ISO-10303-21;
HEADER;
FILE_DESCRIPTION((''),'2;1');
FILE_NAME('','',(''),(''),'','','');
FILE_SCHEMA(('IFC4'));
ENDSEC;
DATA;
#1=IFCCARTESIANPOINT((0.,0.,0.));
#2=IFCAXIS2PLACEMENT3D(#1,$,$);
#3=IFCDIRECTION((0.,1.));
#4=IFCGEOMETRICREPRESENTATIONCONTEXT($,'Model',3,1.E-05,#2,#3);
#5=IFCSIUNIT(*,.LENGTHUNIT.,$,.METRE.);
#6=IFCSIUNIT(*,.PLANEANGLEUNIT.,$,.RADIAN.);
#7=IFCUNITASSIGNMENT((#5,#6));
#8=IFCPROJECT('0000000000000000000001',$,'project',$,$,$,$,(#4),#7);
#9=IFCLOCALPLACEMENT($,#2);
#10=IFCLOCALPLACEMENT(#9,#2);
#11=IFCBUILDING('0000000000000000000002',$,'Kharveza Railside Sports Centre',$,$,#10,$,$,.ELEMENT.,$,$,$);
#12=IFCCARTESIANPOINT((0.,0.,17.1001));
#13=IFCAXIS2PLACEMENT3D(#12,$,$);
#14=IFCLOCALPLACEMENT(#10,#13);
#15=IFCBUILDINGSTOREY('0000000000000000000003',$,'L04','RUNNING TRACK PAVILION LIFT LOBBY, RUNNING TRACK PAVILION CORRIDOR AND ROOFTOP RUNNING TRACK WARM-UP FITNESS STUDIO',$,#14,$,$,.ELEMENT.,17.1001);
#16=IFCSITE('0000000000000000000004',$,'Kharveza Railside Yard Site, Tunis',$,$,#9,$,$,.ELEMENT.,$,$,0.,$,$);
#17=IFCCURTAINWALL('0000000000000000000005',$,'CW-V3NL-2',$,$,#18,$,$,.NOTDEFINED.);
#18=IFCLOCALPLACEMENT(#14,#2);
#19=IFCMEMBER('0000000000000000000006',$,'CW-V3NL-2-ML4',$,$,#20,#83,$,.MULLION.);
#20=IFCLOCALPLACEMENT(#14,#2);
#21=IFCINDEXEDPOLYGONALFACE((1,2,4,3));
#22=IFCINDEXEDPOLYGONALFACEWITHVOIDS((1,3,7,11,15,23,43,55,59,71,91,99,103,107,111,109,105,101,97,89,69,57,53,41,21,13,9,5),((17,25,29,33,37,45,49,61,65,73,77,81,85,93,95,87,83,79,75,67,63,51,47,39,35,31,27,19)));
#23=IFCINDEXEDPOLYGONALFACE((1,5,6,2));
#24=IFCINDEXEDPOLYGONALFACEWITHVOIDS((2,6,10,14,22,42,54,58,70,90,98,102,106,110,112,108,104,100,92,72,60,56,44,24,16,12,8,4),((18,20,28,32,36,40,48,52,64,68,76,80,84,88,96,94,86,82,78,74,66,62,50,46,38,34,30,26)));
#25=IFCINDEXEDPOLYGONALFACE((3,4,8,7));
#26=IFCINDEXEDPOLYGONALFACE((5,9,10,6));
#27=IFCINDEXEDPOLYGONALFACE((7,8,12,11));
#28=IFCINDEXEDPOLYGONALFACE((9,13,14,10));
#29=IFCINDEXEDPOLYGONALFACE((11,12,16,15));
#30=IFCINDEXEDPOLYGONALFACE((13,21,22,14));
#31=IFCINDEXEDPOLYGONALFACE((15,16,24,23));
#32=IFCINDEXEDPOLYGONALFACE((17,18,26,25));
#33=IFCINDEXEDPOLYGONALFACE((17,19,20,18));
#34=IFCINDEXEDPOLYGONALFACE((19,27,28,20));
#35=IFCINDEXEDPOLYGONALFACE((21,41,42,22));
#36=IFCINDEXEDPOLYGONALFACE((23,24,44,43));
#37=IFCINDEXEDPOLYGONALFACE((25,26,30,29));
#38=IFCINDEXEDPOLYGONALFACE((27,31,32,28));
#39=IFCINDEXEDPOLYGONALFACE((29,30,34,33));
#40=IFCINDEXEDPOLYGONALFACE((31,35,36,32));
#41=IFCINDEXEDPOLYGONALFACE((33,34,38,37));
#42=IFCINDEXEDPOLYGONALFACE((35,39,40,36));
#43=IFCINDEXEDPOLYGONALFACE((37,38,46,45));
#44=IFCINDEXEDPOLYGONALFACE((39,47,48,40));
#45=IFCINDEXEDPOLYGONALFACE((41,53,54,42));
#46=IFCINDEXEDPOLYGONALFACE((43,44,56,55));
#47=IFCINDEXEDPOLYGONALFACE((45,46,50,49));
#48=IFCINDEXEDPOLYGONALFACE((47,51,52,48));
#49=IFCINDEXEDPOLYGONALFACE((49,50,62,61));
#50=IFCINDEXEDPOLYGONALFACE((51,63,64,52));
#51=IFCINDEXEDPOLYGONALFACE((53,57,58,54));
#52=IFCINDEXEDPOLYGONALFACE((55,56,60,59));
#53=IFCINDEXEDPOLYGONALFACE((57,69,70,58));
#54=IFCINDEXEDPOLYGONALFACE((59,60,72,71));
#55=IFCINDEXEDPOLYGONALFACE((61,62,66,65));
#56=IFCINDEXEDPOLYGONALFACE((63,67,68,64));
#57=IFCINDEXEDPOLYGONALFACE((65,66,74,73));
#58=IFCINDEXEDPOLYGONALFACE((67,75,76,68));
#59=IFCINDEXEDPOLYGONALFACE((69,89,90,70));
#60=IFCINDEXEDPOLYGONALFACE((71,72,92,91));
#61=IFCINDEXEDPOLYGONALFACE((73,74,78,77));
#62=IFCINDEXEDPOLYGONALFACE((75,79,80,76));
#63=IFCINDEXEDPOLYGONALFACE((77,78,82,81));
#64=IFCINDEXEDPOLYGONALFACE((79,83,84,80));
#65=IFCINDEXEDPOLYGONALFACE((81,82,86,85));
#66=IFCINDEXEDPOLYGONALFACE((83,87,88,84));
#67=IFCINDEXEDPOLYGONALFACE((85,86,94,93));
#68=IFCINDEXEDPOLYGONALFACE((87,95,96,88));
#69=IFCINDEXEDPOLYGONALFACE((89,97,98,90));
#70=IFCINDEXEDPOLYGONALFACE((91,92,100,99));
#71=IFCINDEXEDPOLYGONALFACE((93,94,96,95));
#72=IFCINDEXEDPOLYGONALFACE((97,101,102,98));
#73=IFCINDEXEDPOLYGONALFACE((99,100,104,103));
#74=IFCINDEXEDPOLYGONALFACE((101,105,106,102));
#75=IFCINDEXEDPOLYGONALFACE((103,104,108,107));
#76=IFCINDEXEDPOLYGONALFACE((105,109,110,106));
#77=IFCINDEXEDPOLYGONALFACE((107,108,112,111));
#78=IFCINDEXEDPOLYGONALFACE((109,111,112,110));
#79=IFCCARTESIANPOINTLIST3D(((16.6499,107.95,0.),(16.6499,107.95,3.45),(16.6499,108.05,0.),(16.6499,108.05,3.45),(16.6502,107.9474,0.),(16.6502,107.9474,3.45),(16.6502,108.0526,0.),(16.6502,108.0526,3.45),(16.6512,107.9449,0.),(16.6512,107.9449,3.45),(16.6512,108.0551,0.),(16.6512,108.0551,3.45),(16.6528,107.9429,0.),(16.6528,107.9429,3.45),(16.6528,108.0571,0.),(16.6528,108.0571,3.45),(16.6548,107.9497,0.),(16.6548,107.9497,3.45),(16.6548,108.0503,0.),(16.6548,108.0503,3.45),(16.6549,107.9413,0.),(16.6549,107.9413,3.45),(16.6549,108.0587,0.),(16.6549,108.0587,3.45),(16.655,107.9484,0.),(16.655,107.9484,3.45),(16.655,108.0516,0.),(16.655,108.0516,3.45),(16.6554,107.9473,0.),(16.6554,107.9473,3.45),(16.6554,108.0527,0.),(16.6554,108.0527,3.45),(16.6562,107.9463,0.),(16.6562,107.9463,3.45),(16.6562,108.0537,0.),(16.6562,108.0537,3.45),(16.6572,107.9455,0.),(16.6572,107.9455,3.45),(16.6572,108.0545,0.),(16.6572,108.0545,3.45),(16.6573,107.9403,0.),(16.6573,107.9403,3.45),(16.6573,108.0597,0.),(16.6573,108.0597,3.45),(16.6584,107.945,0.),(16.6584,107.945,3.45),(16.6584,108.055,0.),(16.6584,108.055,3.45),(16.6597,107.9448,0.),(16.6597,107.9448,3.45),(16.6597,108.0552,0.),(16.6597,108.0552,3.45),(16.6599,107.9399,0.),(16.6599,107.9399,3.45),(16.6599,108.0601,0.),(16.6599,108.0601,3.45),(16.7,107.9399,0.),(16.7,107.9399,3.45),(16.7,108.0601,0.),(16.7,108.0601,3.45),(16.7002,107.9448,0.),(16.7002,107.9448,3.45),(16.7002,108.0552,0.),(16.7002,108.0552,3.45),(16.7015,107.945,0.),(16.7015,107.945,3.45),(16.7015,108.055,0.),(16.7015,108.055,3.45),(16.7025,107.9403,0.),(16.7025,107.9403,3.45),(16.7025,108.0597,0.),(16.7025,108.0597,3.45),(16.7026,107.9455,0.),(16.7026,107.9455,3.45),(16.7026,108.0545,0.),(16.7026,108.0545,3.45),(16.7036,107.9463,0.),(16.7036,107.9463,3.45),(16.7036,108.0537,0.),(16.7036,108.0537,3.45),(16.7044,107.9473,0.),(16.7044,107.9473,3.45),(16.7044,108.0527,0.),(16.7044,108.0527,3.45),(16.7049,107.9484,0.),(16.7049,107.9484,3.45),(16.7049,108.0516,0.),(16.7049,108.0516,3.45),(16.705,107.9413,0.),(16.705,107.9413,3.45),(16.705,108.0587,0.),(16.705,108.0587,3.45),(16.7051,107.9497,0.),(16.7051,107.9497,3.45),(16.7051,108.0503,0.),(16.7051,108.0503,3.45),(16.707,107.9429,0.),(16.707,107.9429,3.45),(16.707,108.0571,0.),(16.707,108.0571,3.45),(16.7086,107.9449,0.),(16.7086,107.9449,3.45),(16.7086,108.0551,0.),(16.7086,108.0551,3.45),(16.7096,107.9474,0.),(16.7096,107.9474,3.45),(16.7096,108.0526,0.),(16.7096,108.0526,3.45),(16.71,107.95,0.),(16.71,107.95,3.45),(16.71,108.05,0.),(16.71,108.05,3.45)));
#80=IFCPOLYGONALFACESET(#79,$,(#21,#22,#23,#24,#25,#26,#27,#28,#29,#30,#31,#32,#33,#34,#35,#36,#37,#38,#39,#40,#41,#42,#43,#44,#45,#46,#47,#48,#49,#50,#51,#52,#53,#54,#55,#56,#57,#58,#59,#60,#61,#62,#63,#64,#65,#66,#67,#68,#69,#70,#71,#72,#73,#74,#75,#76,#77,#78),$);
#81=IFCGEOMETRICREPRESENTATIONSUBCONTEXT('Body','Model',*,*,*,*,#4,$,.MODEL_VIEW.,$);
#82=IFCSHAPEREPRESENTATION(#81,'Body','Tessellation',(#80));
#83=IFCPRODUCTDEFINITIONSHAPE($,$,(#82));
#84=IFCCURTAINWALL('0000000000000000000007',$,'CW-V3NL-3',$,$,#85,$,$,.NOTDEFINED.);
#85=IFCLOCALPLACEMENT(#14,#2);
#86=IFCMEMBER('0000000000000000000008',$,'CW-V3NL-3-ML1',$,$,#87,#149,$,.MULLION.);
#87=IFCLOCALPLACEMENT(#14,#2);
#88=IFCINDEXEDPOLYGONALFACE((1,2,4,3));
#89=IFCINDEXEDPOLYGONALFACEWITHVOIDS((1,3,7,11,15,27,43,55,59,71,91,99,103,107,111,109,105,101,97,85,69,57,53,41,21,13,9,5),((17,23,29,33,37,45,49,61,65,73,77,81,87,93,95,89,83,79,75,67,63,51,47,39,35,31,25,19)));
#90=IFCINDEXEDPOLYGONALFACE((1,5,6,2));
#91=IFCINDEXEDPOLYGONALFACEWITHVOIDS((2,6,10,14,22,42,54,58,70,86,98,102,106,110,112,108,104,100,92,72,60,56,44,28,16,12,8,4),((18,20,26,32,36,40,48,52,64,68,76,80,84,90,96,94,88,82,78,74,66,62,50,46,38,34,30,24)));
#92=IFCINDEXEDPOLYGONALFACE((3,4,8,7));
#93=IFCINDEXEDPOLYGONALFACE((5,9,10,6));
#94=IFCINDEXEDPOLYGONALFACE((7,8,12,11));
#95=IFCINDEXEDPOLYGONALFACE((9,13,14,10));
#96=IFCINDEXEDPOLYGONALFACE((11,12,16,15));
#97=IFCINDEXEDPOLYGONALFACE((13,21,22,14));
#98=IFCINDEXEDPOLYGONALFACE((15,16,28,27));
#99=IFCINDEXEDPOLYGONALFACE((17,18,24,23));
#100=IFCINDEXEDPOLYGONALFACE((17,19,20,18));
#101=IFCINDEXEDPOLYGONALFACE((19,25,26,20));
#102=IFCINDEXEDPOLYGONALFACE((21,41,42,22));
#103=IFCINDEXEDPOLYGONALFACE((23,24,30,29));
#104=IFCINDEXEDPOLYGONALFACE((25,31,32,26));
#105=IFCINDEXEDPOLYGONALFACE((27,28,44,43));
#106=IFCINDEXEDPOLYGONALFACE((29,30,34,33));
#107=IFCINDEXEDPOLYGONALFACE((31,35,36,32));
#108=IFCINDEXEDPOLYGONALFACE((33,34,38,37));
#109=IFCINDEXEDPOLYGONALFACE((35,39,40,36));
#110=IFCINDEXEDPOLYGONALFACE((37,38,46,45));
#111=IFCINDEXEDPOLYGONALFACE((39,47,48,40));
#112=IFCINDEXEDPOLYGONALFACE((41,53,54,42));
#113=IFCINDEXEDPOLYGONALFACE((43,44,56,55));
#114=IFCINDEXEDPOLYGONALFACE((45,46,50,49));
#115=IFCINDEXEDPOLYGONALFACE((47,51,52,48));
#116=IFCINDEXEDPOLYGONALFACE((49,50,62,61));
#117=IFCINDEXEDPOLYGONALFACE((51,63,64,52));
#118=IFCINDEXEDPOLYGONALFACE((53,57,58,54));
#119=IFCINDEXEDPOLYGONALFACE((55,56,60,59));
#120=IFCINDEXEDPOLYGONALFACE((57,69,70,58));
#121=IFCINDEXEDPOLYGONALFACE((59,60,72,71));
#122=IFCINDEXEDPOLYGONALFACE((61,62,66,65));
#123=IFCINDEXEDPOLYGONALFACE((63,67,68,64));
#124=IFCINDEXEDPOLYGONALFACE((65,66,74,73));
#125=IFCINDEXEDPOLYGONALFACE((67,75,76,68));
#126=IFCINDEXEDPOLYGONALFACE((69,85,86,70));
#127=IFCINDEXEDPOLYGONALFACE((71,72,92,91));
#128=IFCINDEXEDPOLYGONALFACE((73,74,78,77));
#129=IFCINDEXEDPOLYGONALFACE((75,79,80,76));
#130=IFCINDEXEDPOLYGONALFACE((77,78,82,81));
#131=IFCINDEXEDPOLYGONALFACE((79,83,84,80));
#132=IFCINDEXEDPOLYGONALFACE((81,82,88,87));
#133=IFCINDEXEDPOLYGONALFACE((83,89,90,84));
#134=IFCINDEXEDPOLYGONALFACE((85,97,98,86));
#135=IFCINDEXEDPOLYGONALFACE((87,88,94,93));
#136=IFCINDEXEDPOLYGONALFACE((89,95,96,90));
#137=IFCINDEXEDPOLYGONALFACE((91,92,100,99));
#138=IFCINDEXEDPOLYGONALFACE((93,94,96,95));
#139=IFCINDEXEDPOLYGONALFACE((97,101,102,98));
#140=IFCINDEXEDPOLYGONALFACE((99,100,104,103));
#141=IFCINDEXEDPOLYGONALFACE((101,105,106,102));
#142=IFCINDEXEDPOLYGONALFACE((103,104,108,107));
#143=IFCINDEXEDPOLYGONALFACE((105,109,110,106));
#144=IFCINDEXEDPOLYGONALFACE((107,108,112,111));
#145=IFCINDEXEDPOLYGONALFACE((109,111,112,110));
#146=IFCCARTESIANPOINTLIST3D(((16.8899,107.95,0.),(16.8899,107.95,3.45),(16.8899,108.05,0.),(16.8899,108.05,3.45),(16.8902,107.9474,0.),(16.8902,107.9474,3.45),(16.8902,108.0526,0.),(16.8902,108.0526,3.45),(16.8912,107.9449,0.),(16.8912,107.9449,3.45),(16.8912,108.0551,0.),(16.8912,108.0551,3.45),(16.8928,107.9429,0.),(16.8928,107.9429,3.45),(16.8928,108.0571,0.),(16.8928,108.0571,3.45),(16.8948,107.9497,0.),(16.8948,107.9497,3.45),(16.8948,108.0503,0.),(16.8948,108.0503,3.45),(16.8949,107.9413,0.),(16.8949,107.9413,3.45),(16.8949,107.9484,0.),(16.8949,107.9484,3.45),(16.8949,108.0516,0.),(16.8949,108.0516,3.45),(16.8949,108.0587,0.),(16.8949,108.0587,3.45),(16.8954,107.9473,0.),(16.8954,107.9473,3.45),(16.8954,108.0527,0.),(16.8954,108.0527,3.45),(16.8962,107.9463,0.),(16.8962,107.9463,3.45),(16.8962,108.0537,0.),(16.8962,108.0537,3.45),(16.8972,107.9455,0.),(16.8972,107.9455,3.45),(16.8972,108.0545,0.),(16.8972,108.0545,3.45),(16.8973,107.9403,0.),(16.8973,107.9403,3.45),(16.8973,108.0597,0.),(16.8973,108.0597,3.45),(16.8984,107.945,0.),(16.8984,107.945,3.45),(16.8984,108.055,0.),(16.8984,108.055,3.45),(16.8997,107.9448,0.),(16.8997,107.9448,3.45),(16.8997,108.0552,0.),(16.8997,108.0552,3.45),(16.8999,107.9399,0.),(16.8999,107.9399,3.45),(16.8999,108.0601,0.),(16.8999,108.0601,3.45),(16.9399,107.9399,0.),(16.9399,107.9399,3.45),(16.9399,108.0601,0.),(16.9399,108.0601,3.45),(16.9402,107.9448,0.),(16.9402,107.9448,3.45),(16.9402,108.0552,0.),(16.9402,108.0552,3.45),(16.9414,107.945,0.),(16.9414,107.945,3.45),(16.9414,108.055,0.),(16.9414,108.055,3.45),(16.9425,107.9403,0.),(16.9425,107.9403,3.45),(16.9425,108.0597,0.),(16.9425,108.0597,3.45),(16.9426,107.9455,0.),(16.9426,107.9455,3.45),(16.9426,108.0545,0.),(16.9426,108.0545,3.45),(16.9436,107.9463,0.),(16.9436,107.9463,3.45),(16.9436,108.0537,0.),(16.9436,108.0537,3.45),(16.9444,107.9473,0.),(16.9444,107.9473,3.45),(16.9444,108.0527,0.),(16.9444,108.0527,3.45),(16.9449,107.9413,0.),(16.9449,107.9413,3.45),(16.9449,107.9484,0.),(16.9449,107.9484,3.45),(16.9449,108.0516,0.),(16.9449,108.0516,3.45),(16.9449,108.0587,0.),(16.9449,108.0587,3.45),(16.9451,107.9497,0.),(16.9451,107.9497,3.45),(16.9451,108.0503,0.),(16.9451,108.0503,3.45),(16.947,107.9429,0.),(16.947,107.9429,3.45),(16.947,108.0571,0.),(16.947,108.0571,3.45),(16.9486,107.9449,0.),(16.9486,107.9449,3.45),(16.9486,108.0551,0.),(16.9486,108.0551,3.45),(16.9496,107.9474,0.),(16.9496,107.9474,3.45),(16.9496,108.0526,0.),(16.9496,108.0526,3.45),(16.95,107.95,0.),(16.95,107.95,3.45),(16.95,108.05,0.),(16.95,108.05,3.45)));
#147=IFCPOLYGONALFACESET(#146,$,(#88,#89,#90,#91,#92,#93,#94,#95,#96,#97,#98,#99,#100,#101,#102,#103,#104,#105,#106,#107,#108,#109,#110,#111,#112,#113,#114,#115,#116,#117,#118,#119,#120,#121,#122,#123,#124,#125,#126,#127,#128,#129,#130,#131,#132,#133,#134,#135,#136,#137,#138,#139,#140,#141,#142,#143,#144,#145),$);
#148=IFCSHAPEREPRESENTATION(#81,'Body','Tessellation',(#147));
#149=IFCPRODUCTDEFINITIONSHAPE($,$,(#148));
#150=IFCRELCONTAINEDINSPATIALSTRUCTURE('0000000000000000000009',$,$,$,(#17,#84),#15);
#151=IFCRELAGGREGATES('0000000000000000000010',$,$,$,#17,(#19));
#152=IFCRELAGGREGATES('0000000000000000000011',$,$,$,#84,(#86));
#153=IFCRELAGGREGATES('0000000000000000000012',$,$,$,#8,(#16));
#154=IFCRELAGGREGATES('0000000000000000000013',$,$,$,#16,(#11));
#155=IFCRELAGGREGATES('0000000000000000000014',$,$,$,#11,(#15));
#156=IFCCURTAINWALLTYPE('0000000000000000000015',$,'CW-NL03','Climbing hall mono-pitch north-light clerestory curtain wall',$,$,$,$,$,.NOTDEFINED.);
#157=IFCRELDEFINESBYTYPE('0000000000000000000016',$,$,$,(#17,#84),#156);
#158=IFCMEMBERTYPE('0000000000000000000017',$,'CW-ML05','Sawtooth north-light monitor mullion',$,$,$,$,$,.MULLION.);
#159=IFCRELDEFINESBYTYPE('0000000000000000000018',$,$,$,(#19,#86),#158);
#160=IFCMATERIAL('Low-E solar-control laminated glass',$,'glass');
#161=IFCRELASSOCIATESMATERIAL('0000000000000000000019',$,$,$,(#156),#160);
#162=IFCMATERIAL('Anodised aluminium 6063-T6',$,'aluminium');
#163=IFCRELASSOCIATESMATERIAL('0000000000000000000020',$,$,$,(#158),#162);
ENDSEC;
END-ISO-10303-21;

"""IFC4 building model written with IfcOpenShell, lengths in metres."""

from ifc_helpers import new_model, si_unit, direction, frame, origin, origin_2d, place, context, subcontext, project, spatial, hollow_rectangle, extrude, material, material_profile, profile_set, type_object, element, aggregate, save


model = new_model("IFC4")

# Units and contexts
model_context = context("Model", 3, precision=1e-05, world=origin(), true_north=direction((0.0, 1.0)))
body_context = subcontext(model_context, "Body", "Model", "MODEL_VIEW")
ifc_project = project(units=[si_unit("LENGTHUNIT", "METRE"), si_unit("PLANEANGLEUNIT", "RADIAN")], contexts=[model_context])

# Site, building, storey
site_placement = place(None, origin())
site = spatial("IfcSite", under=ifc_project, at=site_placement, Name="Kharveza Railside Yard Site, Tunis", CompositionType="ELEMENT", RefElevation=0.0)
building_placement = place(site_placement, origin())
building = spatial("IfcBuilding", under=site, at=building_placement, Name="Kharveza Railside Sports Centre", CompositionType="ELEMENT")
storey_placement = place(building_placement, frame((0.0, 0.0, 17.1001)))
storey = spatial("IfcBuildingStorey", under=building, at=storey_placement, Name="L04", Description="RUNNING TRACK PAVILION LIFT LOBBY, RUNNING TRACK PAVILION CORRIDOR AND ROOFTOP RUNNING TRACK WARM-UP FITNESS STUDIO", CompositionType="ELEMENT", Elevation=17.1001)

# Curtain walls, members
ifc_material_1 = material(Name="Low-E solar-control laminated glass", Category="glass")
curtain_wall_type = type_object("IfcCurtainWallType", Name="CW-NL03", Description="Climbing hall mono-pitch north-light clerestory curtain wall", PredefinedType="NOTDEFINED", material=ifc_material_1)
curtain_wall_1_placement = place(storey_placement, origin())
curtain_wall_1 = element("IfcCurtainWall", 1, at=curtain_wall_1_placement, inside=storey, type_object=curtain_wall_type, Name="CW-V3NL-2", PredefinedType="NOTDEFINED")
ifc_material_2 = material(Name="Anodised aluminium 6063-T6", Category="aluminium")
ifc_material_profile_1 = material_profile(ifc_material_2, hollow_rectangle(XDim=0.0601, YDim=0.1201, WallThickness=0.0049, InnerFilletRadius=0.0049, OuterFilletRadius=0.01, at=origin_2d()), Name="RHS 60x120x5.0")
ifc_profile_set_1 = profile_set([ifc_material_profile_1], Name="Anodised aluminium 6063-T6")
member_type_1 = type_object("IfcMemberType", Name="CW-ML05", Description="Sawtooth north-light monitor mullion", PredefinedType="MULLION", material=ifc_profile_set_1)
member_1_placement = place(storey_placement, frame((16.6799, 108.0, 0.0), z_axis=(0.0, 0.0, 1.0), x_axis=(1.0, 0.0, 0.0)))
member_1 = element("IfcMember", 2, at=member_1_placement, type_object=member_type_1, Name="CW-V3NL-2-ML4", PredefinedType="MULLION", context=body_context, shape_type="SweptSolid", body=[
    extrude(hollow_rectangle(XDim=0.0601, YDim=0.1201, WallThickness=0.0049, InnerFilletRadius=0.0049, OuterFilletRadius=0.01, at=origin_2d()), origin(), (0.0, 0.0, 1.0), 3.45),
])
curtain_wall_2_placement = place(storey_placement, origin())
curtain_wall_2 = element("IfcCurtainWall", 3, at=curtain_wall_2_placement, inside=storey, type_object=curtain_wall_type, Name="CW-V3NL-3", PredefinedType="NOTDEFINED")
member_2_placement = place(storey_placement, frame((16.9199, 108.0, 0.0), z_axis=(0.0, 0.0, 1.0), x_axis=(1.0, 0.0, 0.0)))
member_2 = element("IfcMember", 4, at=member_2_placement, type_object=member_type_1, Name="CW-V3NL-3-ML1", PredefinedType="MULLION", context=body_context, shape_type="SweptSolid", body=[
    extrude(hollow_rectangle(XDim=0.0601, YDim=0.1201, WallThickness=0.0049, InnerFilletRadius=0.0049, OuterFilletRadius=0.01, at=origin_2d()), origin(), (0.0, 0.0, 1.0), 3.45),
])

aggregate(curtain_wall_1, [member_1])
aggregate(curtain_wall_2, [member_2])

save(model, "model.ifc")
